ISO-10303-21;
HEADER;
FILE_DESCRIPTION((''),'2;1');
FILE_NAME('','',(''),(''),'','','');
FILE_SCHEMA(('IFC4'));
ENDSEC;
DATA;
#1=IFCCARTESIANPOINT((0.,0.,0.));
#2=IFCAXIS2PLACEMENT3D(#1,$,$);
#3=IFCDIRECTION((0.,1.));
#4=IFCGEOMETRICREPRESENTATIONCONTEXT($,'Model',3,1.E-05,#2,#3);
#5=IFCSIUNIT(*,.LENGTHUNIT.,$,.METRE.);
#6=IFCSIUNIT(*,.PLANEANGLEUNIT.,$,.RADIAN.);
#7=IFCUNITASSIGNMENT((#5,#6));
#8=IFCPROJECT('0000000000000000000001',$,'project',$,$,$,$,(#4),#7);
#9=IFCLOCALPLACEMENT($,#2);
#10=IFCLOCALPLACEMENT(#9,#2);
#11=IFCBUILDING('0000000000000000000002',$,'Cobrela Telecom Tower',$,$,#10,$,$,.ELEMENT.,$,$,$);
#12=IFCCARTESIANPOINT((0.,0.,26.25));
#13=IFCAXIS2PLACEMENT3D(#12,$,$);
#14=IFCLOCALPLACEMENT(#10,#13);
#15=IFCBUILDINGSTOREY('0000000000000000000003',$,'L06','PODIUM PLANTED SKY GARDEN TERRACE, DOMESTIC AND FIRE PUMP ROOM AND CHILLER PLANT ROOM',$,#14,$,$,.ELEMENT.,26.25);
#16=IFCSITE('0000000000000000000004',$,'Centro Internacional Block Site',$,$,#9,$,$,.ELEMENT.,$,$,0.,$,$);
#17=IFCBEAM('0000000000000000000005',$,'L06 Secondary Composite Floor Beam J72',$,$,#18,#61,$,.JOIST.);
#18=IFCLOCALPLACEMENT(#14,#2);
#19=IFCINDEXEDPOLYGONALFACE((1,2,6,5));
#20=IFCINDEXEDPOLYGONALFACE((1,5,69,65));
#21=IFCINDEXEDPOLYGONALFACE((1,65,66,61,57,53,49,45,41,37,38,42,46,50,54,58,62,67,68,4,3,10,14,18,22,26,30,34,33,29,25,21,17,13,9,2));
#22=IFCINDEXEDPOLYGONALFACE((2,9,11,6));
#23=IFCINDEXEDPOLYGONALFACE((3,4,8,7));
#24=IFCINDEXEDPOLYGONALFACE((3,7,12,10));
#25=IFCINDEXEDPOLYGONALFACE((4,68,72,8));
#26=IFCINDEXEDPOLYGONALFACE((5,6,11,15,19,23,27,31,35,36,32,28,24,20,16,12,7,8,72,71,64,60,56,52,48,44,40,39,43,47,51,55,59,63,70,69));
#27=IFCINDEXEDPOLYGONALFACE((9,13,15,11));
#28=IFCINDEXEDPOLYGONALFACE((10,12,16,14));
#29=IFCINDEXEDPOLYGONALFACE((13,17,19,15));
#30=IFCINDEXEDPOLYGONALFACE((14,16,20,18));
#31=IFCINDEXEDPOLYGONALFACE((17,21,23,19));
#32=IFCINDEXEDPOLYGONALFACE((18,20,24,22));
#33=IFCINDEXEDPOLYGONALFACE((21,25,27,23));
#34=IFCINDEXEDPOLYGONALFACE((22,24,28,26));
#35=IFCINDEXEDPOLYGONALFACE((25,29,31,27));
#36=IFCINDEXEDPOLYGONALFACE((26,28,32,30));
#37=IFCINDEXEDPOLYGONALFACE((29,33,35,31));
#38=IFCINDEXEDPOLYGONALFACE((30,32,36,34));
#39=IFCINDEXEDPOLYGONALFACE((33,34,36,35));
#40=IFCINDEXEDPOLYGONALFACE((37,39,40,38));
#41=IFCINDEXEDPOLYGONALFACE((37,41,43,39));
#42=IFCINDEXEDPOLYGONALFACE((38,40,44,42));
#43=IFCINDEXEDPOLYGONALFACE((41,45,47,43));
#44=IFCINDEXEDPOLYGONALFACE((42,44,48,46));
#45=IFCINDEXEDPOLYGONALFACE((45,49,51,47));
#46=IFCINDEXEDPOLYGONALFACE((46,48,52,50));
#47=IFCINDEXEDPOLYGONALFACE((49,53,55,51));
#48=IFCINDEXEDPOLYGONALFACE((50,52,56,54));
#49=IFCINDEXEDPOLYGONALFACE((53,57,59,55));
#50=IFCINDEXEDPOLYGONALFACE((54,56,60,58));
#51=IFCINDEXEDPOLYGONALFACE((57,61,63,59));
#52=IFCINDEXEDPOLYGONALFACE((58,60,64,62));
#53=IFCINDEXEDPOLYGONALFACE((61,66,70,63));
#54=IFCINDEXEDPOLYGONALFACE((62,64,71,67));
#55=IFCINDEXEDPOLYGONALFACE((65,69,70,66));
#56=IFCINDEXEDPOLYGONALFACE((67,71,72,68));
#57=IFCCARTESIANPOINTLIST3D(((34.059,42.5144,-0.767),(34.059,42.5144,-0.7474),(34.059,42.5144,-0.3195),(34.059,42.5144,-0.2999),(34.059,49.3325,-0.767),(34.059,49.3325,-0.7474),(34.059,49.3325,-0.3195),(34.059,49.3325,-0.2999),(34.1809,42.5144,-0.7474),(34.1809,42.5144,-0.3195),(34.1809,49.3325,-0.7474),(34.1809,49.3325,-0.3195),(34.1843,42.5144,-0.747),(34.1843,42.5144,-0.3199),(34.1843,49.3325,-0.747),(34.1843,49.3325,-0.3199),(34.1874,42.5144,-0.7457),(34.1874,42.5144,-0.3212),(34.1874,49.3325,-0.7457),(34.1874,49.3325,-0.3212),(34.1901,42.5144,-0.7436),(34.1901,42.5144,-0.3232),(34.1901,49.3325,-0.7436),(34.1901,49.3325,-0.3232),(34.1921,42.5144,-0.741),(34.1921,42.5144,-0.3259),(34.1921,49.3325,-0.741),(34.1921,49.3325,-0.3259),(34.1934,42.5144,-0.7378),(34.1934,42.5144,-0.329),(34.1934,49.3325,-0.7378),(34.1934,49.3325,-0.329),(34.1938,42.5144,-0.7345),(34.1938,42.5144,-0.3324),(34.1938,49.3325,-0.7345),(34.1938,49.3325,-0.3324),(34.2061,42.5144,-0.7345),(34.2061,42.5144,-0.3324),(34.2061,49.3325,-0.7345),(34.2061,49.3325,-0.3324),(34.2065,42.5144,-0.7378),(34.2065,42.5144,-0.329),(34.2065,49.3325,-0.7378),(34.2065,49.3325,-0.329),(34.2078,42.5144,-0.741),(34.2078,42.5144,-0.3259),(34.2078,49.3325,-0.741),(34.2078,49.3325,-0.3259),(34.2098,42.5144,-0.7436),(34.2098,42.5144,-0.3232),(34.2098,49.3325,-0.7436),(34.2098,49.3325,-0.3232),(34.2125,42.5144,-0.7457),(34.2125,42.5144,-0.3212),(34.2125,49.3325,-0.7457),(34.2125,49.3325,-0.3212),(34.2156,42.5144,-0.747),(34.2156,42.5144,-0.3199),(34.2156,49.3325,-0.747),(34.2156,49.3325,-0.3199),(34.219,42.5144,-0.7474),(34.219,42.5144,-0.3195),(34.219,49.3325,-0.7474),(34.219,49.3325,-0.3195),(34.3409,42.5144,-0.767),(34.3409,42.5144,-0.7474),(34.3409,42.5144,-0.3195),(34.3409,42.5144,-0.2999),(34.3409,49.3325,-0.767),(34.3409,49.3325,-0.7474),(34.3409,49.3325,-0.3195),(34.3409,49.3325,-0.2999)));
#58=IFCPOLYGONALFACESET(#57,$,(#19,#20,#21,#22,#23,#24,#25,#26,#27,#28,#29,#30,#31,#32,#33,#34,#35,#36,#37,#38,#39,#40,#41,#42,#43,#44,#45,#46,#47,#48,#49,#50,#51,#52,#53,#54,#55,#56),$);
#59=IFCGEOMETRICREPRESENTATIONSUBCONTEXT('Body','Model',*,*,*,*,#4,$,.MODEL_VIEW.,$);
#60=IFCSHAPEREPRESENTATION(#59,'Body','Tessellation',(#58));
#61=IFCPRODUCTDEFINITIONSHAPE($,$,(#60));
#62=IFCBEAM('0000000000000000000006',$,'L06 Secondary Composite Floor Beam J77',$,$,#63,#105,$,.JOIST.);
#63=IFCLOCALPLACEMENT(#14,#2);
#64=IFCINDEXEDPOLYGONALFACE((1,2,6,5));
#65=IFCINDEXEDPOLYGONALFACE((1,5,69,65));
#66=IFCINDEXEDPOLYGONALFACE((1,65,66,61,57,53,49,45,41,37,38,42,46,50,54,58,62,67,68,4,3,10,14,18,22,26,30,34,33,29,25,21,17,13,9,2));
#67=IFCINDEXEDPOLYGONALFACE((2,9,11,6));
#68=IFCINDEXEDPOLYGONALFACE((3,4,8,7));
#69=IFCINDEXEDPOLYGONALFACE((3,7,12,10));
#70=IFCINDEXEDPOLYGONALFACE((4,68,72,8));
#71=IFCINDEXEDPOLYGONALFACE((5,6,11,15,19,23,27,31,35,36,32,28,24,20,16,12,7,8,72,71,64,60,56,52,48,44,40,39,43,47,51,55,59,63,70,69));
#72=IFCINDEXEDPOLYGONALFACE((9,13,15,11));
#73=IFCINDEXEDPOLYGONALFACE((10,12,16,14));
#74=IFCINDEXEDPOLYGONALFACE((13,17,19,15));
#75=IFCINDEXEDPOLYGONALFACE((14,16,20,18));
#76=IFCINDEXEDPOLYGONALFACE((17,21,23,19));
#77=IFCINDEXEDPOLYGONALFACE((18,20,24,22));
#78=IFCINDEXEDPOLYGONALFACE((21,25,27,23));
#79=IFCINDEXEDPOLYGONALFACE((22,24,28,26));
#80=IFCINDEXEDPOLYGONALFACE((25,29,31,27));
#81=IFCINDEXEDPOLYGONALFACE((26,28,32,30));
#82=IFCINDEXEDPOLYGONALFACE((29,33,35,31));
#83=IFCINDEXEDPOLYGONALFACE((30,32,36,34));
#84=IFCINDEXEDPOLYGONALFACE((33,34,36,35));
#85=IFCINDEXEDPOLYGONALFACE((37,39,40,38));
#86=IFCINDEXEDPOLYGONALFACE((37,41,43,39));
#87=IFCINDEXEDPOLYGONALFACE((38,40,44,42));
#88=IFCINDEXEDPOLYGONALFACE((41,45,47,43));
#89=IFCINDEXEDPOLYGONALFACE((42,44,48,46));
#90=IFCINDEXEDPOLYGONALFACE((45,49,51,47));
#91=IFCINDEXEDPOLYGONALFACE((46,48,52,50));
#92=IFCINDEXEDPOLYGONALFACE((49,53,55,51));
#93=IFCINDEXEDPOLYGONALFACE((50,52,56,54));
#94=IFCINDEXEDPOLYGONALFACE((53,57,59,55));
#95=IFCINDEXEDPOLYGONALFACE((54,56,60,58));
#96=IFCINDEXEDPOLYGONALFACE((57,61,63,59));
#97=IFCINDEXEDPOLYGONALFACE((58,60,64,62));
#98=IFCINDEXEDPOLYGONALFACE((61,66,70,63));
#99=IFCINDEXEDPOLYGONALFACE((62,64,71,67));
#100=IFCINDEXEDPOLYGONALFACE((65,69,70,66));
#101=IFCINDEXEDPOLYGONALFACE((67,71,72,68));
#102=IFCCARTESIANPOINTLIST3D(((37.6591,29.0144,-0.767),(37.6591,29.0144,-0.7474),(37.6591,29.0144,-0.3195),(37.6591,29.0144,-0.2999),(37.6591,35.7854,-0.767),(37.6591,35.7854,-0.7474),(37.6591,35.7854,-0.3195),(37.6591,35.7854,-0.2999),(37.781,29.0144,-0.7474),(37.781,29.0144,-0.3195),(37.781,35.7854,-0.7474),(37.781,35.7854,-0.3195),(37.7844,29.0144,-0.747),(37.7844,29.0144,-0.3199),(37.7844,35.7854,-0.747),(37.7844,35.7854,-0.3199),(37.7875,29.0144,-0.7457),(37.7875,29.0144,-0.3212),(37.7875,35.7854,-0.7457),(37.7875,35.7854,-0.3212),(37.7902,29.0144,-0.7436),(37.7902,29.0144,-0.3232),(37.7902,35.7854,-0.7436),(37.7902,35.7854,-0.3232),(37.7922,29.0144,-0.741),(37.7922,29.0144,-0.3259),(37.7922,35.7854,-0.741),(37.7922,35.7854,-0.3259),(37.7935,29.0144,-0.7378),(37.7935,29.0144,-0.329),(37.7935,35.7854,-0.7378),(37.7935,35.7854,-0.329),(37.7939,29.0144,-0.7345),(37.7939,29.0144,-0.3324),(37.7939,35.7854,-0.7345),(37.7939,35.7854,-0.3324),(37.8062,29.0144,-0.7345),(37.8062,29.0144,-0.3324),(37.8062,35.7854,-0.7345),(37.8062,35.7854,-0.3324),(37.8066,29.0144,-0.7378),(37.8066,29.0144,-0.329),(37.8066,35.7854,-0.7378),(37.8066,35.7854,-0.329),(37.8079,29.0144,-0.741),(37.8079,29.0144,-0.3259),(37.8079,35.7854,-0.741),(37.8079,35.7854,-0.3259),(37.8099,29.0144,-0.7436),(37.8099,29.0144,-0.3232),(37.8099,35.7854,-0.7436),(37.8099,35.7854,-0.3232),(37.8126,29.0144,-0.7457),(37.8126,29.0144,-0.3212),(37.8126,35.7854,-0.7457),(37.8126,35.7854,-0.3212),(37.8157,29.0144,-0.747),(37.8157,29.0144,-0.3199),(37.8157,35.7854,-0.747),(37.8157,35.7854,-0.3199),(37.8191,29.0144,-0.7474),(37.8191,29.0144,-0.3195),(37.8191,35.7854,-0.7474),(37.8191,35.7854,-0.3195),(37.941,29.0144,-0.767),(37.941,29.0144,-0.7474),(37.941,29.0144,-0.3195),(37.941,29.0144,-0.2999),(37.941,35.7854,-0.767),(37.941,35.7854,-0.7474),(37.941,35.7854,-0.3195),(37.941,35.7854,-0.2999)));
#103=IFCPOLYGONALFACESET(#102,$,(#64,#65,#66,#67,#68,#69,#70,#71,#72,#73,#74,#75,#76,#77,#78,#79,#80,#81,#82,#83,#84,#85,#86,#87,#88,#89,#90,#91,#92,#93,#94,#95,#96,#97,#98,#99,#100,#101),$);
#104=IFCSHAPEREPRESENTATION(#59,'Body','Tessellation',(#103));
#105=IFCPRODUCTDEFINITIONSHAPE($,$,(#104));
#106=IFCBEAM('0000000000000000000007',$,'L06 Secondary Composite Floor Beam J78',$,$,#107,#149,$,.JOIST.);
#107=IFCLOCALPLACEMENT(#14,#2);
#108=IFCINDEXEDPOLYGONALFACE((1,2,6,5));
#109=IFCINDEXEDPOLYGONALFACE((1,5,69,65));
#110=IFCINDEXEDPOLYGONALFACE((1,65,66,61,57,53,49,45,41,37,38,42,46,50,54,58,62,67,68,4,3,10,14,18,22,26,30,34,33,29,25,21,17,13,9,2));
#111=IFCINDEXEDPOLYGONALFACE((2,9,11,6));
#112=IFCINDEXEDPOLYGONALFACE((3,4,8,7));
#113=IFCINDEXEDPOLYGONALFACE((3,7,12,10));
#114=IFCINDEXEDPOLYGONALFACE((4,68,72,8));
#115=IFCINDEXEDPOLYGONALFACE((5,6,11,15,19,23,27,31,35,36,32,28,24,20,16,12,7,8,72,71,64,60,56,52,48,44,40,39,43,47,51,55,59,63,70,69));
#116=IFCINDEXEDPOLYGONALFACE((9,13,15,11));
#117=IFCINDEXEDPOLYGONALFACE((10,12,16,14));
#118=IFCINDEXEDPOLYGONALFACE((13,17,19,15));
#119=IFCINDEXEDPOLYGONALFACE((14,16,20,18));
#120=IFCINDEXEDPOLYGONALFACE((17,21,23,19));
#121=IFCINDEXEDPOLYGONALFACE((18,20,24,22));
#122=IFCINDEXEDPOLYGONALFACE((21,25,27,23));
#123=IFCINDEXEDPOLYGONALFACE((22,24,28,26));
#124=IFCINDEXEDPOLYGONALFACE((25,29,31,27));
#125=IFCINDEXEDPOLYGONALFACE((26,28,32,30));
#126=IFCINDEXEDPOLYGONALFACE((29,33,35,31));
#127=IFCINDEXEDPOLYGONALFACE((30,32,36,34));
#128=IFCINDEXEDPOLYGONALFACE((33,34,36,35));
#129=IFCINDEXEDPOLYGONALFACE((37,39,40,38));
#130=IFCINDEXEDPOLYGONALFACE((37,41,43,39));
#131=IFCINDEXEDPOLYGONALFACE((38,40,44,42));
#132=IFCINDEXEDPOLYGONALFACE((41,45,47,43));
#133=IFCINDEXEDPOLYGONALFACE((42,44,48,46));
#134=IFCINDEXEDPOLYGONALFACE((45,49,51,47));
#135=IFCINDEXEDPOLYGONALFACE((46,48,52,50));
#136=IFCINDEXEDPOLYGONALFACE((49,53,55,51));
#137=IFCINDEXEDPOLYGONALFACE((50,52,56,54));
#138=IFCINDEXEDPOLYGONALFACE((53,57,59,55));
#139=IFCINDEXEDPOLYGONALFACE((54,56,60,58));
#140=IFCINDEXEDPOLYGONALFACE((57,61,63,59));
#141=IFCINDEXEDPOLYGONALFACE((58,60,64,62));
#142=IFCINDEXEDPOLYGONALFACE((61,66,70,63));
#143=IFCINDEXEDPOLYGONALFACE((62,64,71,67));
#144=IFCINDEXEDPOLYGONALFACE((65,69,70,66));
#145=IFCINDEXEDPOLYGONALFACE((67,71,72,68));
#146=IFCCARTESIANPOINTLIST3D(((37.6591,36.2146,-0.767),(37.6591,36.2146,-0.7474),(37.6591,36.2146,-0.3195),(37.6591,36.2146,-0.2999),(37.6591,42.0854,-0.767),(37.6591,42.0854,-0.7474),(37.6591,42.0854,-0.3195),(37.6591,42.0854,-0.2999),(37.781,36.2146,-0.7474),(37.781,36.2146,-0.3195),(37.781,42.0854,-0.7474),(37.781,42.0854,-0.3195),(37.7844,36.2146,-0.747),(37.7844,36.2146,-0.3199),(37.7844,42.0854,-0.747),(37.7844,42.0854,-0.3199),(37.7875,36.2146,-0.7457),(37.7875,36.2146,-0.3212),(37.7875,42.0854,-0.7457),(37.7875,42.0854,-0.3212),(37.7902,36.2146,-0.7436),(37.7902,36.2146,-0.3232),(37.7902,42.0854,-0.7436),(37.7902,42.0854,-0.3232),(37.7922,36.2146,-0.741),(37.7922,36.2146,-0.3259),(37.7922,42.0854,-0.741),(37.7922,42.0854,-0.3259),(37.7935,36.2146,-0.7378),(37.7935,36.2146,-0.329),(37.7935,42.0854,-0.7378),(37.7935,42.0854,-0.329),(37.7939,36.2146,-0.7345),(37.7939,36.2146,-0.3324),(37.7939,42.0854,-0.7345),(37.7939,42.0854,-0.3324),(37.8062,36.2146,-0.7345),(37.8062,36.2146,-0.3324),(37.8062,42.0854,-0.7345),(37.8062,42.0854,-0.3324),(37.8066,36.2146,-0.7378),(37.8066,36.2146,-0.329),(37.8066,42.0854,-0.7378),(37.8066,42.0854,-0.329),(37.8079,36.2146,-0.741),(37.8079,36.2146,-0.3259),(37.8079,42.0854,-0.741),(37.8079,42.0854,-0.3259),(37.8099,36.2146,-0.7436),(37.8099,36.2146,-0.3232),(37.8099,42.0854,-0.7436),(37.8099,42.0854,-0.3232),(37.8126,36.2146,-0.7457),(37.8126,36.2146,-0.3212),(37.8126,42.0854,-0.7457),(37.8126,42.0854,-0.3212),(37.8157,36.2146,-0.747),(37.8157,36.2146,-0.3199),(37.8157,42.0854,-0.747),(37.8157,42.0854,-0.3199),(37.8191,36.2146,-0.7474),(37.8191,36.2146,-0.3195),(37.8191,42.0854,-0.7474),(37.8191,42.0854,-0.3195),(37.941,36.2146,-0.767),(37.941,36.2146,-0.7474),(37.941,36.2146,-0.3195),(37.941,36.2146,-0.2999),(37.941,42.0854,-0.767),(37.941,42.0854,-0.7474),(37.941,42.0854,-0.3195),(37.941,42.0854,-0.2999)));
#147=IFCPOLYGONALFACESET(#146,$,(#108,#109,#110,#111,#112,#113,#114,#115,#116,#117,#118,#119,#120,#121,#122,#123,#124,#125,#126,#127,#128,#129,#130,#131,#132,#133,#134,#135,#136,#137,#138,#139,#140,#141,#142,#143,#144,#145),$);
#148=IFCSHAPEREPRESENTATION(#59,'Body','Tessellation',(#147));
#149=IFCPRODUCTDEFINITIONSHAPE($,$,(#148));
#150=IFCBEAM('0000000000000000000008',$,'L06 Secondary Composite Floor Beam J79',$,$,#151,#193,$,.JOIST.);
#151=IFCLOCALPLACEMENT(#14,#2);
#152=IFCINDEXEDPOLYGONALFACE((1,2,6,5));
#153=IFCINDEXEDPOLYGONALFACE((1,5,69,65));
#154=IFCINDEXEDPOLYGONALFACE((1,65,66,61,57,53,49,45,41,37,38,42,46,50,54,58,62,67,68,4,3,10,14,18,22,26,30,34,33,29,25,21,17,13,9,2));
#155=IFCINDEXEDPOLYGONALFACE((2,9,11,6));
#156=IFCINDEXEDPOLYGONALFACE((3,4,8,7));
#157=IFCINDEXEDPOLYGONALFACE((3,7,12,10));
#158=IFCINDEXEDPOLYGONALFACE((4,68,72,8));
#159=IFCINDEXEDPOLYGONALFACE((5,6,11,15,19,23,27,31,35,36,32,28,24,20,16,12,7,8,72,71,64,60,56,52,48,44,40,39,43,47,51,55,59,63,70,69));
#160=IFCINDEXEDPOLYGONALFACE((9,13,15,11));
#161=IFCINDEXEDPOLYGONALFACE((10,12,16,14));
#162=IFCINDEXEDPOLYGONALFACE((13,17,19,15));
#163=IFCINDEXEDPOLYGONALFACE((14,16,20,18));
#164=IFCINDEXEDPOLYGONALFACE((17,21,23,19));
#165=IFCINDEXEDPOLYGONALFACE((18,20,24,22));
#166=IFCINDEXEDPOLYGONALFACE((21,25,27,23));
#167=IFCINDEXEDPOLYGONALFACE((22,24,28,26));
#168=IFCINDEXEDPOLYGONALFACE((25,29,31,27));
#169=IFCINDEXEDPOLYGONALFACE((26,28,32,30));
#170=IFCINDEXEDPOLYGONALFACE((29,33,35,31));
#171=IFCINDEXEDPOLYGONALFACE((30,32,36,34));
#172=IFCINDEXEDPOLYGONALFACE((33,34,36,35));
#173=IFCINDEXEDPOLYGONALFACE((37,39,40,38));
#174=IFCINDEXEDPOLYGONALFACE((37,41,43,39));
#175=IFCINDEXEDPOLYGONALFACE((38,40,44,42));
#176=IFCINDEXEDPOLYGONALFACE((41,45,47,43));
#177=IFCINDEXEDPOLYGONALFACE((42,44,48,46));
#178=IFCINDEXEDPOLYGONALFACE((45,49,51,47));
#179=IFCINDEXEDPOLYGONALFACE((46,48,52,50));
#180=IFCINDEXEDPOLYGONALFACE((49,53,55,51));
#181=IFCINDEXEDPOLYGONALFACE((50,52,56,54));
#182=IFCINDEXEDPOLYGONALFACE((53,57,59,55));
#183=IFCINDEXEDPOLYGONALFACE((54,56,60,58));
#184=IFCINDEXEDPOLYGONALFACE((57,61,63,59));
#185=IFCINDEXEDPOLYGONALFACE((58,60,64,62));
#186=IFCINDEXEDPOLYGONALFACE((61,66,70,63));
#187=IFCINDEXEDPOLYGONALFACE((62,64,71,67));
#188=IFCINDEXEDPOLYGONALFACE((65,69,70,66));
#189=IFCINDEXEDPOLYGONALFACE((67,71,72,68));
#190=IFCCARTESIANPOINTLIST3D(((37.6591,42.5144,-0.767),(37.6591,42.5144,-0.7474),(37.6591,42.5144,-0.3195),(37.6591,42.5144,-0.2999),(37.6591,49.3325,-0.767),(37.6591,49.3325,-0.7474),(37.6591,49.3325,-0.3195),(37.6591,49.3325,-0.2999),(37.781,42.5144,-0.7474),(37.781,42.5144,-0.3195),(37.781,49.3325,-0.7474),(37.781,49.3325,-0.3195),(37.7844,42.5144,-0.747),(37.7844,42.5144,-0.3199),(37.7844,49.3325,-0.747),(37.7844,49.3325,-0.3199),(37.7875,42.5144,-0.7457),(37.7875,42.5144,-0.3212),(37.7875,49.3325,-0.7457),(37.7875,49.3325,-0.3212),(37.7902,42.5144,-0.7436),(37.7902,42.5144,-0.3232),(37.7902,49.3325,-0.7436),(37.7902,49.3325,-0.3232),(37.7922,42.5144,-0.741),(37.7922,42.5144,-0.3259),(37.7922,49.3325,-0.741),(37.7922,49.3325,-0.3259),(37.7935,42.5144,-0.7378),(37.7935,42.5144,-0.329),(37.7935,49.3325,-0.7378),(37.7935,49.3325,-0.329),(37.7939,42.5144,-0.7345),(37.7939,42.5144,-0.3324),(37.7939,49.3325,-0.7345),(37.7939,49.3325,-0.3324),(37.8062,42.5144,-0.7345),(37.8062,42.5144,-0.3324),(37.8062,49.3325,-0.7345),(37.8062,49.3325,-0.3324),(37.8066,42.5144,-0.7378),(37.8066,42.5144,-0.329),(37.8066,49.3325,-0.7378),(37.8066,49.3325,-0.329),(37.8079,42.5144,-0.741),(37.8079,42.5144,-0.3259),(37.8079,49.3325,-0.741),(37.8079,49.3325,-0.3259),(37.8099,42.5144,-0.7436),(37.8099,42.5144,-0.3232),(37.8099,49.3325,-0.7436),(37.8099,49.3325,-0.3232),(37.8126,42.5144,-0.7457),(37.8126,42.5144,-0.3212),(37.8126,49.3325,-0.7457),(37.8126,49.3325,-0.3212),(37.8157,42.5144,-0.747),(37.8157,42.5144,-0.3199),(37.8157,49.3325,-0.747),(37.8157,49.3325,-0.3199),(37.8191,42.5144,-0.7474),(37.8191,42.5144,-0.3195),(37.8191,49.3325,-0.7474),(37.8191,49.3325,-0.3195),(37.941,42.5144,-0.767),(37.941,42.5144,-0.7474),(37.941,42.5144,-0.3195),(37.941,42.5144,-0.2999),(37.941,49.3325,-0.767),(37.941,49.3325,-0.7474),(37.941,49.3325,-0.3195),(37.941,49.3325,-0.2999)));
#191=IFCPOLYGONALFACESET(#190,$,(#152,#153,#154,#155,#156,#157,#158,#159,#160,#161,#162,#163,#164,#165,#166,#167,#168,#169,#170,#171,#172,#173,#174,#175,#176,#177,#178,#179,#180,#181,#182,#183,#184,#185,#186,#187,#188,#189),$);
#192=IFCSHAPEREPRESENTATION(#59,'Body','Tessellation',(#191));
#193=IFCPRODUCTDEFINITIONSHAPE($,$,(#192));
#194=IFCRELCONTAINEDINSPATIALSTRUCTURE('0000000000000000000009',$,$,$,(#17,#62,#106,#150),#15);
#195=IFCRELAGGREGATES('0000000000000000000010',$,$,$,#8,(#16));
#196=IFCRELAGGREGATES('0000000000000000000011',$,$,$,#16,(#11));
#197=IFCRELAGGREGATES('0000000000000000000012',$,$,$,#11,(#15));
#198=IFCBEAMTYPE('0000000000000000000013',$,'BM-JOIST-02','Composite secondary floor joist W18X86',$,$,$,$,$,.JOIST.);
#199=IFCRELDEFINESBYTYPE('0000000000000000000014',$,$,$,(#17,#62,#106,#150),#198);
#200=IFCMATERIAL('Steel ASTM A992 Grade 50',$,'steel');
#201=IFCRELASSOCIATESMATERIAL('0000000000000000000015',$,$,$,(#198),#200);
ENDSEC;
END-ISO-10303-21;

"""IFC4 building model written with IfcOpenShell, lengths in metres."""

from ifc_helpers import new_model, si_unit, direction, frame, origin, origin_2d, place, context, subcontext, project, spatial, i_section, extrude, material, material_profile, profile_set, type_object, element, save


model = new_model("IFC4")

# Units and contexts
model_context = context("Model", 3, precision=1e-05, world=origin(), true_north=direction((0.0, 1.0)))
body_context = subcontext(model_context, "Body", "Model", "MODEL_VIEW")
ifc_project = project(units=[si_unit("LENGTHUNIT", "METRE"), si_unit("PLANEANGLEUNIT", "RADIAN")], contexts=[model_context])

# Site, building, storey
site_placement = place(None, origin())
site = spatial("IfcSite", under=ifc_project, at=site_placement, Name="Centro Internacional Block Site", CompositionType="ELEMENT", RefElevation=0.0)
building_placement = place(site_placement, origin())
building = spatial("IfcBuilding", under=site, at=building_placement, Name="Cobrela Telecom Tower", CompositionType="ELEMENT")
storey_placement = place(building_placement, frame((0.0, 0.0, 26.25)))
storey = spatial("IfcBuildingStorey", under=building, at=storey_placement, Name="L06", Description="PODIUM PLANTED SKY GARDEN TERRACE, DOMESTIC AND FIRE PUMP ROOM AND CHILLER PLANT ROOM", CompositionType="ELEMENT", Elevation=26.25)

# Beams
ifc_material_1 = material(Name="Steel ASTM A992 Grade 50", Category="steel")
ifc_material_profile_1 = material_profile(ifc_material_1, i_section(OverallWidth=0.282, OverallDepth=0.467, WebThickness=0.0122, FlangeThickness=0.0195, FilletRadius=0.0129, at=origin_2d()), Name="W18X86")
ifc_profile_set_1 = profile_set([ifc_material_profile_1], Name="Steel ASTM A992 Grade 50")
beam_type_1 = type_object("IfcBeamType", Name="BM-JOIST-02", Description="Composite secondary floor joist W18X86", PredefinedType="JOIST", material=ifc_profile_set_1)
beam_1_placement = place(storey_placement, frame((34.2, 42.5144, -0.5334), z_axis=(0.0, 1.0, 0.0), x_axis=(-1.0, 0.0, 0.0)))
element("IfcBeam", 1, at=beam_1_placement, inside=storey, type_object=beam_type_1, Name="L06 Secondary Composite Floor Beam J72", PredefinedType="JOIST", context=body_context, shape_type="SweptSolid", body=[
    extrude(i_section(OverallWidth=0.282, OverallDepth=0.467, WebThickness=0.0122, FlangeThickness=0.0195, FilletRadius=0.0129, at=origin_2d()), origin(), (0.0, 0.0, 1.0), 6.8181),
])
beam_2_placement = place(storey_placement, frame((37.8, 29.0144, -0.5334), z_axis=(0.0, 1.0, 0.0), x_axis=(-1.0, 0.0, 0.0)))
element("IfcBeam", 2, at=beam_2_placement, inside=storey, type_object=beam_type_1, Name="L06 Secondary Composite Floor Beam J77", PredefinedType="JOIST", context=body_context, shape_type="SweptSolid", body=[
    extrude(i_section(OverallWidth=0.282, OverallDepth=0.467, WebThickness=0.0122, FlangeThickness=0.0195, FilletRadius=0.0129, at=origin_2d()), origin(), (0.0, 0.0, 1.0), 6.771),
])
beam_3_placement = place(storey_placement, frame((37.8, 36.2146, -0.5334), z_axis=(0.0, 1.0, 0.0), x_axis=(-1.0, 0.0, 0.0)))
element("IfcBeam", 3, at=beam_3_placement, inside=storey, type_object=beam_type_1, Name="L06 Secondary Composite Floor Beam J78", PredefinedType="JOIST", context=body_context, shape_type="SweptSolid", body=[
    extrude(i_section(OverallWidth=0.282, OverallDepth=0.467, WebThickness=0.0122, FlangeThickness=0.0195, FilletRadius=0.0129, at=origin_2d()), origin(), (0.0, 0.0, 1.0), 5.8708),
])
beam_4_placement = place(storey_placement, frame((37.8, 42.5144, -0.5334), z_axis=(0.0, 1.0, 0.0), x_axis=(-1.0, 0.0, 0.0)))
element("IfcBeam", 4, at=beam_4_placement, inside=storey, type_object=beam_type_1, Name="L06 Secondary Composite Floor Beam J79", PredefinedType="JOIST", context=body_context, shape_type="SweptSolid", body=[
    extrude(i_section(OverallWidth=0.282, OverallDepth=0.467, WebThickness=0.0122, FlangeThickness=0.0195, FilletRadius=0.0129, at=origin_2d()), origin(), (0.0, 0.0, 1.0), 6.8181),
])

save(model, "model.ifc")
